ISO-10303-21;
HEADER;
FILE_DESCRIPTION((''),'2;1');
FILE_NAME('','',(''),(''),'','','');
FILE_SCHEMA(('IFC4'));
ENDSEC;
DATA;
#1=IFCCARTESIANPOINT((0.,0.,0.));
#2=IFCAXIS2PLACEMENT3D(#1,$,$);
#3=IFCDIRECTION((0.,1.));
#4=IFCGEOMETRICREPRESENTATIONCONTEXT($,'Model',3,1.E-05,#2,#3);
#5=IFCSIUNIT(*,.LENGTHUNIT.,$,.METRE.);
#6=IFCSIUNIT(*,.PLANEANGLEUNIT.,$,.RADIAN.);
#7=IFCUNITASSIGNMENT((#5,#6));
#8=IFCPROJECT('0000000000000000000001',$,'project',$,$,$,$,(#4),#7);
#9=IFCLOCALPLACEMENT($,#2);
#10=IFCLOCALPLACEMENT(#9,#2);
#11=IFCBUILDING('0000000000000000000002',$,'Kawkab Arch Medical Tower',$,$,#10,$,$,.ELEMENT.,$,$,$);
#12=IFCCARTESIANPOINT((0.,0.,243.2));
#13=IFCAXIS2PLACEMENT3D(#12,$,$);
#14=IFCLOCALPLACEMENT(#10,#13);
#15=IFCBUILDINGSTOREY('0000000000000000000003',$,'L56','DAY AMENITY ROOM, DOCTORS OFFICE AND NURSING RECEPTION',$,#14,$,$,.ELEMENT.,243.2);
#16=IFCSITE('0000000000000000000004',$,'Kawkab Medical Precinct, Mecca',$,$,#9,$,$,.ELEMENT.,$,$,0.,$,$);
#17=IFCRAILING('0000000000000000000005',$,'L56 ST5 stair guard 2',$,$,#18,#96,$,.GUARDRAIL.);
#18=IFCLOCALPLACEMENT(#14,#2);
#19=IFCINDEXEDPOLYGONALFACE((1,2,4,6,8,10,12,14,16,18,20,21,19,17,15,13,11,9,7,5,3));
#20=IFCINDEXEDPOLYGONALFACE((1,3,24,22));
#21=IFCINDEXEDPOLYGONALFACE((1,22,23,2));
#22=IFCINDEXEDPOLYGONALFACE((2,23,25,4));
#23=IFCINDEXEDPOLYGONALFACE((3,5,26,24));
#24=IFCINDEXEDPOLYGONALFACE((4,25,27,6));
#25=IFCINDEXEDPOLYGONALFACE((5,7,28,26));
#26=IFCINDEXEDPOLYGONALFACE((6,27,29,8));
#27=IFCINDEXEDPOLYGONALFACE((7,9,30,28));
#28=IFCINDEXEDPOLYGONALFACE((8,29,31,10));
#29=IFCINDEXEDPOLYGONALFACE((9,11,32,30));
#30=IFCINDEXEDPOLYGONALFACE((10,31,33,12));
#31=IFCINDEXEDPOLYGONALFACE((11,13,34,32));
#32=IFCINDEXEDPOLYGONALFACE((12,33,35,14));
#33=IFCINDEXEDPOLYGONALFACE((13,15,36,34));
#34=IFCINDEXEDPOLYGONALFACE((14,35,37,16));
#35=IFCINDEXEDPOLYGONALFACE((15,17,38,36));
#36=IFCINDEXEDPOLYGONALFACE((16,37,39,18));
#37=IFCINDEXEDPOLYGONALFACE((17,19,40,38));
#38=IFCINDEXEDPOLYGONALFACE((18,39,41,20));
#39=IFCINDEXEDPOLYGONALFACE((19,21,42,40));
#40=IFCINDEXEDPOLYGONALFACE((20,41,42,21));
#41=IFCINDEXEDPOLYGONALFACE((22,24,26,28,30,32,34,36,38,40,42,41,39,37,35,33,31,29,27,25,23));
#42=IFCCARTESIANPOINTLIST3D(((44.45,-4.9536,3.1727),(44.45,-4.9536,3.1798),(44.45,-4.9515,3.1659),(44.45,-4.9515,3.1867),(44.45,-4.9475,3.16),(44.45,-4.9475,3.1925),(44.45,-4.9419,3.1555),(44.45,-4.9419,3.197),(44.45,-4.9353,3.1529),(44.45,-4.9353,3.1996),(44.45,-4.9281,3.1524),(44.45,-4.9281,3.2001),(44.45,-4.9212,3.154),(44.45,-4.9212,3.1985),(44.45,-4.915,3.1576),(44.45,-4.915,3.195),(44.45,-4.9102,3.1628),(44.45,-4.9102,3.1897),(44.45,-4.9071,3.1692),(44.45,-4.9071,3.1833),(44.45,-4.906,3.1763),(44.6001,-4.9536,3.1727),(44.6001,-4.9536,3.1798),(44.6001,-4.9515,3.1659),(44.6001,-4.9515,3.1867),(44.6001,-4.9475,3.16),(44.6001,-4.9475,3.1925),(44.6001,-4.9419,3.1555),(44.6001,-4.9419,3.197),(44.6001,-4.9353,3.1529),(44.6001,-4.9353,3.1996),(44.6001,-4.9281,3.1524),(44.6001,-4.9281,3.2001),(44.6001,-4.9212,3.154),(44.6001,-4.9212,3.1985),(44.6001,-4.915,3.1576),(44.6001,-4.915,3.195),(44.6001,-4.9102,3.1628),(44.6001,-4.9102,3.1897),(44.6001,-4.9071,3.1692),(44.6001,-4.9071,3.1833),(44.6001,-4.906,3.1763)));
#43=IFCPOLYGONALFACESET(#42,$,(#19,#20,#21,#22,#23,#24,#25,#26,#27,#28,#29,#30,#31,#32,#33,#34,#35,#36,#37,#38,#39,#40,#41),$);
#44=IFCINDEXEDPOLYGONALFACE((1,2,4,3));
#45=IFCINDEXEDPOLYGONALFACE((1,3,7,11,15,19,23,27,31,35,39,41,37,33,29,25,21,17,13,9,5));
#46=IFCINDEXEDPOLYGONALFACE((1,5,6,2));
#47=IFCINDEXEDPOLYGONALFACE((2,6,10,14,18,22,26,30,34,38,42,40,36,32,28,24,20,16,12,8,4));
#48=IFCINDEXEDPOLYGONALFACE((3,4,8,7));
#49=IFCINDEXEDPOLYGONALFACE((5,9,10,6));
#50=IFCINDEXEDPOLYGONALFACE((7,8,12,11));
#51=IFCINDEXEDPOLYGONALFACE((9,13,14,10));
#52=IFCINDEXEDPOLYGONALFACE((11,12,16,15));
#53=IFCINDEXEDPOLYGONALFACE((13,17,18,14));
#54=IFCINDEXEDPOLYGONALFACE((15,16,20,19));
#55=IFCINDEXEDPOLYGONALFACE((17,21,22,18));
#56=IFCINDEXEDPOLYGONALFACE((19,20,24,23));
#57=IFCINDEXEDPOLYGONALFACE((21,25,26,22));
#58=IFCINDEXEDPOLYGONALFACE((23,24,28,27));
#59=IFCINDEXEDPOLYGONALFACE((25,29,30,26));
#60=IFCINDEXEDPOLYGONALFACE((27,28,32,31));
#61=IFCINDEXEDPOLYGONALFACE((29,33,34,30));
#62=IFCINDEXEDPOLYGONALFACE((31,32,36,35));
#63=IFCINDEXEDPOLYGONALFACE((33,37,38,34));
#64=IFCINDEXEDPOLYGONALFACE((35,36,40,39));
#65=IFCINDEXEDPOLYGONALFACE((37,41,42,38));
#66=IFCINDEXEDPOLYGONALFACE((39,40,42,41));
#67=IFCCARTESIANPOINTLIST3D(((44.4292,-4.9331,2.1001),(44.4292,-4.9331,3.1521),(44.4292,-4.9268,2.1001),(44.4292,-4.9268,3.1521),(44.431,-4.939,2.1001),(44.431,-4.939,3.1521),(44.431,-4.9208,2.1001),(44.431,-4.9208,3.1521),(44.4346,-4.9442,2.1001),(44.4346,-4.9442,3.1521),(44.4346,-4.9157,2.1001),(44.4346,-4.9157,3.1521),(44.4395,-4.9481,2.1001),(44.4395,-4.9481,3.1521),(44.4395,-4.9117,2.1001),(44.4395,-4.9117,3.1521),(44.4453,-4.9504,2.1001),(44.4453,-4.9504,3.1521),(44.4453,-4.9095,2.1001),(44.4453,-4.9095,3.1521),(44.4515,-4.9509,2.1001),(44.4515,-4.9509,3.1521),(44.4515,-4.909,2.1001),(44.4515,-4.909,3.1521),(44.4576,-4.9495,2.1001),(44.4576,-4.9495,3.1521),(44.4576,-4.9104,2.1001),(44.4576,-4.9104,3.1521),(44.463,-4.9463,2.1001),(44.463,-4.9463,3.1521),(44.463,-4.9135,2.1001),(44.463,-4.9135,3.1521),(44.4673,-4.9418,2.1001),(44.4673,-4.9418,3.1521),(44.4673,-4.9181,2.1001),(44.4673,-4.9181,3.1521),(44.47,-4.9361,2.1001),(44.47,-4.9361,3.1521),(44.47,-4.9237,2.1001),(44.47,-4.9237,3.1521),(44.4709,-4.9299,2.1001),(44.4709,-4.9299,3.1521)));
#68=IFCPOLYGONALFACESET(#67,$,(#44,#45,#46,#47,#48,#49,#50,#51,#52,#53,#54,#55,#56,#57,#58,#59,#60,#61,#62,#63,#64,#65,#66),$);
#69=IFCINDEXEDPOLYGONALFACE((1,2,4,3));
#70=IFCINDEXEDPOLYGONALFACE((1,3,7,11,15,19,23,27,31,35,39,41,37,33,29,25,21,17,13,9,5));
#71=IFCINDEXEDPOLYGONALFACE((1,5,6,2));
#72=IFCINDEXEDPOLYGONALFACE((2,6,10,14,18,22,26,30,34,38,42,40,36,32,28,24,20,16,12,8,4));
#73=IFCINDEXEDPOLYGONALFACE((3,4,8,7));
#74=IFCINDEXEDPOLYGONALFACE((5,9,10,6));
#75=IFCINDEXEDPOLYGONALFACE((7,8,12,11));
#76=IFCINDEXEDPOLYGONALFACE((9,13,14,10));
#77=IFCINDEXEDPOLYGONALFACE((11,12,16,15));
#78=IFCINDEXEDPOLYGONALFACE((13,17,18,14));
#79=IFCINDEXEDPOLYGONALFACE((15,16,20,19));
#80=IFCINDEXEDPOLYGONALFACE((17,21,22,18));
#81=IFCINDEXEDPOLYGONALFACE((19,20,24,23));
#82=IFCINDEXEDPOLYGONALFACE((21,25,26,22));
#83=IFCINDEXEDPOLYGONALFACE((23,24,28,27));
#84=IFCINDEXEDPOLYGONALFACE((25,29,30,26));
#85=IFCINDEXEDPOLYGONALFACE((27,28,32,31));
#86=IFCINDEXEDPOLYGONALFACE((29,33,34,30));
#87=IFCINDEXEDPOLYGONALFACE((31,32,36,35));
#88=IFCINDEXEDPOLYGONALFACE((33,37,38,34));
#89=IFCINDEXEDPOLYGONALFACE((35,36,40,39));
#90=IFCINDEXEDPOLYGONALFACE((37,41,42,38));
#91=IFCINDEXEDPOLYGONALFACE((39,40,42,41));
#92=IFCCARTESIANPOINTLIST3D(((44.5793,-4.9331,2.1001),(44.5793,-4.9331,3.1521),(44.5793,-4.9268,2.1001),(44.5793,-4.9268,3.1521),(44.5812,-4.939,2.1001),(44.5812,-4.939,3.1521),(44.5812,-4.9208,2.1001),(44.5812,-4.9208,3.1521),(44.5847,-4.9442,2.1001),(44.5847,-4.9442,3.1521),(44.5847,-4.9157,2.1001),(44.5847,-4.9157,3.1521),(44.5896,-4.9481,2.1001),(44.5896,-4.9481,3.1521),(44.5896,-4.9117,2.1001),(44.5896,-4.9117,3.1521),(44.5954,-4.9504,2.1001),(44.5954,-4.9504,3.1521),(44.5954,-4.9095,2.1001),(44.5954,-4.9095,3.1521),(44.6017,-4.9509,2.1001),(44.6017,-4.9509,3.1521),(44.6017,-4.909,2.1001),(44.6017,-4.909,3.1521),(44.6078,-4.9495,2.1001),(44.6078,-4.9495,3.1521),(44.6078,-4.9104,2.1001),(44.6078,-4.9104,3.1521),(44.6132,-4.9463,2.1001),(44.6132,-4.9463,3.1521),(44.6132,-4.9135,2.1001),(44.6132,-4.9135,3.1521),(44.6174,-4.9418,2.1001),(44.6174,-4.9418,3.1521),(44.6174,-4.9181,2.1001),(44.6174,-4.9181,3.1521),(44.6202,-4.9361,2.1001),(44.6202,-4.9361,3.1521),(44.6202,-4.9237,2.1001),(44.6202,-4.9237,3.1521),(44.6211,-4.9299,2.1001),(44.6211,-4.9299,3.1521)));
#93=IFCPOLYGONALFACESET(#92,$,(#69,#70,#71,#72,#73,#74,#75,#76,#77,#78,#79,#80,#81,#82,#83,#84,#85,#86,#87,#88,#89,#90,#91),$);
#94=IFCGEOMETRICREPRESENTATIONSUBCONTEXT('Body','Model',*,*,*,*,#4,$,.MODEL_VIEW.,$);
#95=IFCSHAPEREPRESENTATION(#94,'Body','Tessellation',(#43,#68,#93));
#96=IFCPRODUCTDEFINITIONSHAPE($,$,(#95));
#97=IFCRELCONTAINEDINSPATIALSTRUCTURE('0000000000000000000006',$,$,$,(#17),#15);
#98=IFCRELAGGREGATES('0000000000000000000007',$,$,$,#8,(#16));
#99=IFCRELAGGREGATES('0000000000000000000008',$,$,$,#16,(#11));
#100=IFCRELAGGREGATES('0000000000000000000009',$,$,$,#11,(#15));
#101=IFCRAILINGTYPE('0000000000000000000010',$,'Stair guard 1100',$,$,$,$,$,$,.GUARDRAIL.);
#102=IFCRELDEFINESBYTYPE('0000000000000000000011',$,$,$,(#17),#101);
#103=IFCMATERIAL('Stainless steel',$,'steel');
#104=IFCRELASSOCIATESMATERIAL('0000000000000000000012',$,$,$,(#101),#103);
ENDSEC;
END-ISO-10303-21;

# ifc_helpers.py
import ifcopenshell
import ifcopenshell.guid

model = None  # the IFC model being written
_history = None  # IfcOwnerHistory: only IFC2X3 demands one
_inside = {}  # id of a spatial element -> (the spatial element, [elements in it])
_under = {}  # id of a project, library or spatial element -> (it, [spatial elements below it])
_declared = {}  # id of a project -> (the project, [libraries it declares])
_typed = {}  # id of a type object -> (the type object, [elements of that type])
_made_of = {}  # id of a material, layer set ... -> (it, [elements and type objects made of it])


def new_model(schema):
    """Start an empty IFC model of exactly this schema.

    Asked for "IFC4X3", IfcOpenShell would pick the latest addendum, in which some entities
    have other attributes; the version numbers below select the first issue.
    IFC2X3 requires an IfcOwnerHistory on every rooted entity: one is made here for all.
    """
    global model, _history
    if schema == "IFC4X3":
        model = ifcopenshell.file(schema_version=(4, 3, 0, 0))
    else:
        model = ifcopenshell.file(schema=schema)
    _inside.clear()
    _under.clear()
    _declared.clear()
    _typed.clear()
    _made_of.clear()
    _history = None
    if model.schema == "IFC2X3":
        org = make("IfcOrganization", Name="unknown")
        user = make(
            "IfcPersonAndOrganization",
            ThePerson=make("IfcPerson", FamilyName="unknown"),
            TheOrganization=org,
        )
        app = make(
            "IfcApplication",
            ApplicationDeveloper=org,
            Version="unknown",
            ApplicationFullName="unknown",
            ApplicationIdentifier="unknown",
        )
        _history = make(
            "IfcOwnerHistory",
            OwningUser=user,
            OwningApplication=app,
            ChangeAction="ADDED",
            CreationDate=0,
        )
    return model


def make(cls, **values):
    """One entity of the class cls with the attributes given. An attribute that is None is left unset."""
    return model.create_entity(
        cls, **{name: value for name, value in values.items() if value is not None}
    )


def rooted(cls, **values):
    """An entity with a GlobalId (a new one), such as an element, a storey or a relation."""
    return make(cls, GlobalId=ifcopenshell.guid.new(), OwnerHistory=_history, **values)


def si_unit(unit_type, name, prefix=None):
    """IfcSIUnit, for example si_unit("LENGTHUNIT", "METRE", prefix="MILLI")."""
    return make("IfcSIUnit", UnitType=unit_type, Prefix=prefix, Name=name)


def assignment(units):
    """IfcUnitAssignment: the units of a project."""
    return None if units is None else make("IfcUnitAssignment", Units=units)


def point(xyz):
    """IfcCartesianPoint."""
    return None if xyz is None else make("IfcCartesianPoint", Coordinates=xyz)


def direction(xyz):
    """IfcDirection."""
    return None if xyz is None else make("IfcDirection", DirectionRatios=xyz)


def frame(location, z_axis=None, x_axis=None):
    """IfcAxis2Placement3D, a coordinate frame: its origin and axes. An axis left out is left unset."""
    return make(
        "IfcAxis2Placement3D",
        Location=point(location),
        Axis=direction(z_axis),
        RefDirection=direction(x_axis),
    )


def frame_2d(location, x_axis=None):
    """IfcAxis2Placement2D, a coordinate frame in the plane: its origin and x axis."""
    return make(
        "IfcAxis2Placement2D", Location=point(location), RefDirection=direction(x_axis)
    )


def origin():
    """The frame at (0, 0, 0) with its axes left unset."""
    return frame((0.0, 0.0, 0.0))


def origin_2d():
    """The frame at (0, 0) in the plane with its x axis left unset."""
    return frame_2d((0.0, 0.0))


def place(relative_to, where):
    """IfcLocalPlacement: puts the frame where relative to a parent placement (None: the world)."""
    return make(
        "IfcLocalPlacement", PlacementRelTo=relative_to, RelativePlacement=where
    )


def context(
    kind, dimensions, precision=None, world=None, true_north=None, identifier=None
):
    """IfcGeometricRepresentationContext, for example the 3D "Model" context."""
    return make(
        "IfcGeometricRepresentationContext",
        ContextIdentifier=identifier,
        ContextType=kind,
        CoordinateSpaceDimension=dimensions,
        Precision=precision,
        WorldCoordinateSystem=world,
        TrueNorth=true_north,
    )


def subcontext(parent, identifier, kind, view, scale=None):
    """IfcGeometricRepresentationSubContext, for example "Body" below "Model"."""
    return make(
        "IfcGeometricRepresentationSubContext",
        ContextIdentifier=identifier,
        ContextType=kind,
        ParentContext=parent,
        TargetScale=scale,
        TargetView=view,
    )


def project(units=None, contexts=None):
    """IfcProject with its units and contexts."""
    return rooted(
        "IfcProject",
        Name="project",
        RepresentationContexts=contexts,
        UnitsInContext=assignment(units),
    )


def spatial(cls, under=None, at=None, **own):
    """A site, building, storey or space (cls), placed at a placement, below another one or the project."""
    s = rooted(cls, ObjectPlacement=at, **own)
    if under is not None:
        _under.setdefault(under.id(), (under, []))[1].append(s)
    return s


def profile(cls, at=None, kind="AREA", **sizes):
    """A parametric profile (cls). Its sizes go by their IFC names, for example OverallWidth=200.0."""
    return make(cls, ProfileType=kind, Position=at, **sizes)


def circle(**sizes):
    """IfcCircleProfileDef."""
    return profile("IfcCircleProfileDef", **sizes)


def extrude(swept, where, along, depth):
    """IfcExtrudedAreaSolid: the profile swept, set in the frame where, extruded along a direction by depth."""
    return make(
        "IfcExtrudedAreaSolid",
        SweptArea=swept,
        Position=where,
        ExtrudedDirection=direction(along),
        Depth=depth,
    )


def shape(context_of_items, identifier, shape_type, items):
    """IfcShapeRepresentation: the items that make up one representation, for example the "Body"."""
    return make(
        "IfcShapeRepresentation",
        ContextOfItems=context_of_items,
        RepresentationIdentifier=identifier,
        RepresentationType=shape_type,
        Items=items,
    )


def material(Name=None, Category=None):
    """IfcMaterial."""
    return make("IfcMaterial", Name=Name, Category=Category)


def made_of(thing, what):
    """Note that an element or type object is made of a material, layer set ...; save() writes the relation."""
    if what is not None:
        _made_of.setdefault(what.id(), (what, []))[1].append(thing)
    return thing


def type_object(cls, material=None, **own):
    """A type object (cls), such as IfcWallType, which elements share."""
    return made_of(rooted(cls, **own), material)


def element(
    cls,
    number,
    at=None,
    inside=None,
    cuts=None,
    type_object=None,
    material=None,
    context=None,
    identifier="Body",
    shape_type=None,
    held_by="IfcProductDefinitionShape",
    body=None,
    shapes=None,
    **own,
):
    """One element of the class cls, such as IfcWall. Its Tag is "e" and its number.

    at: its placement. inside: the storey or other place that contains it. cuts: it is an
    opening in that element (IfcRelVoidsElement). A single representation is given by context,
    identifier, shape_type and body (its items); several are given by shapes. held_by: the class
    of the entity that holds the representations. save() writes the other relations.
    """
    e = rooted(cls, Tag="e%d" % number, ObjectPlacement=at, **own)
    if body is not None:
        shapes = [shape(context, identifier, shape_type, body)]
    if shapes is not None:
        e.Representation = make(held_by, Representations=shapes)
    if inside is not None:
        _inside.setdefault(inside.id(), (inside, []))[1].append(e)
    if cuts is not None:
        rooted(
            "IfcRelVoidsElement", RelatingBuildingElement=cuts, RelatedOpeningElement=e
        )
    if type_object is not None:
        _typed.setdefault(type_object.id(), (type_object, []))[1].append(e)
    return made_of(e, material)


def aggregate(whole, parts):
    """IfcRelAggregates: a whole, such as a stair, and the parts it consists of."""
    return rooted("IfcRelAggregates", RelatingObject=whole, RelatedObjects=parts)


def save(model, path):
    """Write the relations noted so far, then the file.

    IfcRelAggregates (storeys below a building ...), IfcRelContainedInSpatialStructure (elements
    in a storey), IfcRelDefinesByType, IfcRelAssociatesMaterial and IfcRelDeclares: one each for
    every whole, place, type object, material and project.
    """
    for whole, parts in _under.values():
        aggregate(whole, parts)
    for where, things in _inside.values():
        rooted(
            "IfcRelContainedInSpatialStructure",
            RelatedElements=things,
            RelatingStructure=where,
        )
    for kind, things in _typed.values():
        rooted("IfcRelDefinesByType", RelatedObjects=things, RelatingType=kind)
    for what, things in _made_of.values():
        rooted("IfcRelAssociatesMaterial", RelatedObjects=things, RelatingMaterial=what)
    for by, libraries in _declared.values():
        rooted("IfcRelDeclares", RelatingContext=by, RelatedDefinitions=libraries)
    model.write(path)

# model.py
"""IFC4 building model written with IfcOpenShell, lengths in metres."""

from ifc_helpers import new_model, si_unit, direction, frame, origin, origin_2d, place, context, subcontext, project, spatial, circle, extrude, material, type_object, element, save


model = new_model("IFC4")

# Units and contexts
model_context = context("Model", 3, precision=1e-05, world=origin(), true_north=direction((0.0, 1.0)))
body_context = subcontext(model_context, "Body", "Model", "MODEL_VIEW")
ifc_project = project(units=[si_unit("LENGTHUNIT", "METRE"), si_unit("PLANEANGLEUNIT", "RADIAN")], contexts=[model_context])

# Site, building, storey
site_placement = place(None, origin())
site = spatial("IfcSite", under=ifc_project, at=site_placement, Name="Kawkab Medical Precinct, Mecca", CompositionType="ELEMENT", RefElevation=0.0)
building_placement = place(site_placement, origin())
building = spatial("IfcBuilding", under=site, at=building_placement, Name="Kawkab Arch Medical Tower", CompositionType="ELEMENT")
storey_placement = place(building_placement, frame((0.0, 0.0, 243.2)))
storey = spatial("IfcBuildingStorey", under=building, at=storey_placement, Name="L56", Description="DAY AMENITY ROOM, DOCTORS OFFICE AND NURSING RECEPTION", CompositionType="ELEMENT", Elevation=243.2)

# Railing
ifc_material_1 = material(Name="Stainless steel", Category="steel")
railing_type = type_object("IfcRailingType", Name="Stair guard 1100", PredefinedType="GUARDRAIL", material=ifc_material_1)
railing_1_placement = place(storey_placement, frame((44.45, -4.9299, 2.1001)))
element("IfcRailing", 1, at=railing_1_placement, inside=storey, type_object=railing_type, Name="L56 ST5 stair guard 2", PredefinedType="GUARDRAIL", context=body_context, shape_type="SweptSolid", body=[
    extrude(circle(Radius=0.0239, at=origin_2d()), frame((0.0, 0.0, 1.0762), z_axis=(1.0, 0.0, 0.0), x_axis=(0.0, 1.0, 0.0)), (0.0, 0.0, 1.0), 0.1501),
    extrude(circle(Radius=0.021, at=origin_2d()), origin(), (0.0, 0.0, 1.0), 1.052),
    extrude(circle(Radius=0.021, at=origin_2d()), frame((0.1501, 0.0, 0.0)), (0.0, 0.0, 1.0), 1.052),
])

save(model, "model.ifc")
